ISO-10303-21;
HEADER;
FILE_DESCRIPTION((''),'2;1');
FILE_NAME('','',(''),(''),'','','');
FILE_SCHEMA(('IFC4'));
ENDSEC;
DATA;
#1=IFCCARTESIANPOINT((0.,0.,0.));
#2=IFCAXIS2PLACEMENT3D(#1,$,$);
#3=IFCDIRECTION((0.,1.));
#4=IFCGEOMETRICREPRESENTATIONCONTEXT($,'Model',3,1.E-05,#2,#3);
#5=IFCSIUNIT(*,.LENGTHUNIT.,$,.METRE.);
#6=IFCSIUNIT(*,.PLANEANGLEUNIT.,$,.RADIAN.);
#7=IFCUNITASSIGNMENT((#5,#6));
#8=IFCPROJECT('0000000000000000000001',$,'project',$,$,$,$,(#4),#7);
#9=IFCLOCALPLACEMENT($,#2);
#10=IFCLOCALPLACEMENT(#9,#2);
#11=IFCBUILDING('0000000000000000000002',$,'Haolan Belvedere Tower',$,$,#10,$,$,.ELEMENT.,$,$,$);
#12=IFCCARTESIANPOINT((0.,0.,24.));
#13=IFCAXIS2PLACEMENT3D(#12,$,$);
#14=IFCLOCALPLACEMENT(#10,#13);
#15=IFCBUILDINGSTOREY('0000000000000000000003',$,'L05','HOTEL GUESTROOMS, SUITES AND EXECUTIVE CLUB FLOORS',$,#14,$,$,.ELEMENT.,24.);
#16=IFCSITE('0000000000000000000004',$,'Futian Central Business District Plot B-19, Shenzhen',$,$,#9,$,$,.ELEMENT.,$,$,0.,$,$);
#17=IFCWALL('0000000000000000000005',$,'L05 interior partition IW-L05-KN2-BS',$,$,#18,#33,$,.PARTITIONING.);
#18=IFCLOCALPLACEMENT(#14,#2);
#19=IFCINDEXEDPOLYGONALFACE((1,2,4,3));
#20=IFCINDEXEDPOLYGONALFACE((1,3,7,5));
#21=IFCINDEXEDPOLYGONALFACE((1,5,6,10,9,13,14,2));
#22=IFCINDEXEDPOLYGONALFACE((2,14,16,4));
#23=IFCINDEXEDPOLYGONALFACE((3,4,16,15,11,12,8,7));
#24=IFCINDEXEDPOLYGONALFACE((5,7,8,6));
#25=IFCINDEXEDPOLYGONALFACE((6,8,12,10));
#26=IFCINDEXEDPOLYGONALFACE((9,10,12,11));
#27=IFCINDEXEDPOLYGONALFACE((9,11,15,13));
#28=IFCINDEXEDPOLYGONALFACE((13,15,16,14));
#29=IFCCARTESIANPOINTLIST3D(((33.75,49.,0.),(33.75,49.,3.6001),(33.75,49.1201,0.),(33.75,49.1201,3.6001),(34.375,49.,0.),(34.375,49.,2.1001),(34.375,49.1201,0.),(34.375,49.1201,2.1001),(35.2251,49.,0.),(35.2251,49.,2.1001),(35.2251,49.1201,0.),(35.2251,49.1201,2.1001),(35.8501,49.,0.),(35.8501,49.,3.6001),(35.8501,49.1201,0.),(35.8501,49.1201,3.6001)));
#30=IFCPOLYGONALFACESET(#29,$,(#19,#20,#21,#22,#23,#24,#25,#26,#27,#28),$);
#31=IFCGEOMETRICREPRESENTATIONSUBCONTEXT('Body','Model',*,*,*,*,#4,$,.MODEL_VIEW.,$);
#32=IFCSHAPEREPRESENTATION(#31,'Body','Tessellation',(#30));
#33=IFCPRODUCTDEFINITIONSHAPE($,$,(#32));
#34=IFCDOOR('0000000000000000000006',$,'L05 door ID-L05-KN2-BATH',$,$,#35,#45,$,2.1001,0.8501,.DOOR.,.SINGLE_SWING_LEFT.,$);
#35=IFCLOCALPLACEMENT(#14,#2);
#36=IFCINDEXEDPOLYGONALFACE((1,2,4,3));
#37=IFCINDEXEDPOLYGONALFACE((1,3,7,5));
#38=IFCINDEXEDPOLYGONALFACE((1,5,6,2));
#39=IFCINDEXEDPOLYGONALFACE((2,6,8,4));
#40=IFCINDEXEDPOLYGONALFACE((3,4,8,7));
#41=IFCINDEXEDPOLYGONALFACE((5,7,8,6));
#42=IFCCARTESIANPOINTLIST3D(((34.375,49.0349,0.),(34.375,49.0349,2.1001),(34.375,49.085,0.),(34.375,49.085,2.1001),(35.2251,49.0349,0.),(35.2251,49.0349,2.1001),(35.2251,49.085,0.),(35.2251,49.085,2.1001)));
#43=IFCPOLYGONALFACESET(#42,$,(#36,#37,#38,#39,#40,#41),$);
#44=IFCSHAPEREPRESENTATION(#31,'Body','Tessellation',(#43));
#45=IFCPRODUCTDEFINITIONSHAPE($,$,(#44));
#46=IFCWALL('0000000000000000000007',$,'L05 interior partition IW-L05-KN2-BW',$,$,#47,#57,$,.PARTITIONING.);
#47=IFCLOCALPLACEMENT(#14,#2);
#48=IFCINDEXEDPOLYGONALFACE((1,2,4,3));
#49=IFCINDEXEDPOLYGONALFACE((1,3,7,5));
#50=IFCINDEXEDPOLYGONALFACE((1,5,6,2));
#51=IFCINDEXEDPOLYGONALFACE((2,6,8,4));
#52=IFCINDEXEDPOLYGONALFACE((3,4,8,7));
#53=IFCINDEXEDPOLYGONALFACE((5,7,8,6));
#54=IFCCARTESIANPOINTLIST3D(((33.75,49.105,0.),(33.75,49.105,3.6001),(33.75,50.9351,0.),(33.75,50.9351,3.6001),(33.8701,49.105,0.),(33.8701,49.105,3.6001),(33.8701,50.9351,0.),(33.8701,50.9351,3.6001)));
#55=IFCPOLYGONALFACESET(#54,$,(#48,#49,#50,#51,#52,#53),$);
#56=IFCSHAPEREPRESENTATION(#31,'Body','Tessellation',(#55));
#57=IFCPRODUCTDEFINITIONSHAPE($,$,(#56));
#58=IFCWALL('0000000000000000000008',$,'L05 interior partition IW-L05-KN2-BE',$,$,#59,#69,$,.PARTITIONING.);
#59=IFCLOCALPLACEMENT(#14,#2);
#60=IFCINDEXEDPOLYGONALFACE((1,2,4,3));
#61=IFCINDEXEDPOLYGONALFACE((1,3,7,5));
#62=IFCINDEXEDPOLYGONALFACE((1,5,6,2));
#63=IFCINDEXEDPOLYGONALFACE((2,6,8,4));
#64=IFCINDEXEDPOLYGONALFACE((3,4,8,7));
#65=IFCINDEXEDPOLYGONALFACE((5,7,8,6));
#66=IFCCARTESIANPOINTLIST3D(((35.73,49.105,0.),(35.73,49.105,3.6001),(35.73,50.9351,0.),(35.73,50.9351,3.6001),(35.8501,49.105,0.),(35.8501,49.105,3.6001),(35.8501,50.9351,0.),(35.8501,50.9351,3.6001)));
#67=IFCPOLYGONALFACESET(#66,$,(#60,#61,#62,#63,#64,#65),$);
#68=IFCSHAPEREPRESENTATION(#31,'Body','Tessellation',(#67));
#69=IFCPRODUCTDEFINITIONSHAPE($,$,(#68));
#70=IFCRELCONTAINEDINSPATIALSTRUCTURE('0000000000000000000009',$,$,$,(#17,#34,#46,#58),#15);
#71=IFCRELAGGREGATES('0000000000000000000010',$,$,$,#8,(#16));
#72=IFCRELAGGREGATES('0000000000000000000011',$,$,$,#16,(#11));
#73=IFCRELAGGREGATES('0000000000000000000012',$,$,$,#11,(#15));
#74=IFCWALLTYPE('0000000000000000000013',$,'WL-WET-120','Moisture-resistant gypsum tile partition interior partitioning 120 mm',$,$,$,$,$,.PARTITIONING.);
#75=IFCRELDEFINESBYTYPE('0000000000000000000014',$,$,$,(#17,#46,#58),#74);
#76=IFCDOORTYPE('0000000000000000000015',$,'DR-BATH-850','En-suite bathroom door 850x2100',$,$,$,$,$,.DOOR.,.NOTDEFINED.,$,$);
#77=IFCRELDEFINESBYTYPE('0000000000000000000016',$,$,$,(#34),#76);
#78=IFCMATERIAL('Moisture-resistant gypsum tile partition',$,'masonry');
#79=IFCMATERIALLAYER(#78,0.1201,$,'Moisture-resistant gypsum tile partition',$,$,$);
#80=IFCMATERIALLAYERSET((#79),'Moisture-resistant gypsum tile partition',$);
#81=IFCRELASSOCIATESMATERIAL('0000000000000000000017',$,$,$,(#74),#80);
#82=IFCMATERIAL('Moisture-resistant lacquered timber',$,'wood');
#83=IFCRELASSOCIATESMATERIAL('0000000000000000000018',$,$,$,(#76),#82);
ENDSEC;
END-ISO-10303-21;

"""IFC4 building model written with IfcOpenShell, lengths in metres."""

from ifc_helpers import new_model, si_unit, direction, frame, frame_2d, origin, place, context, subcontext, project, spatial, rectangle, extrude, material, layer, layer_set, type_object, element, fill, save


model = new_model("IFC4")

# Units and contexts
model_context = context("Model", 3, precision=1e-05, world=origin(), true_north=direction((0.0, 1.0)))
body_context = subcontext(model_context, "Body", "Model", "MODEL_VIEW")
ifc_project = project(units=[si_unit("LENGTHUNIT", "METRE"), si_unit("PLANEANGLEUNIT", "RADIAN")], contexts=[model_context])

# Site, building, storey
site_placement = place(None, origin())
site = spatial("IfcSite", under=ifc_project, at=site_placement, Name="Futian Central Business District Plot B-19, Shenzhen", CompositionType="ELEMENT", RefElevation=0.0)
building_placement = place(site_placement, origin())
building = spatial("IfcBuilding", under=site, at=building_placement, Name="Haolan Belvedere Tower", CompositionType="ELEMENT")
storey_placement = place(building_placement, frame((0.0, 0.0, 24.0)))
storey = spatial("IfcBuildingStorey", under=building, at=storey_placement, Name="L05", Description="HOTEL GUESTROOMS, SUITES AND EXECUTIVE CLUB FLOORS", CompositionType="ELEMENT", Elevation=24.0)

# Shared definitions
ifc_material_1 = material(Name="Moisture-resistant gypsum tile partition", Category="masonry")
ifc_layer_1 = layer(ifc_material_1, 0.1201, Name="Moisture-resistant gypsum tile partition")
ifc_layer_set_1 = layer_set([ifc_layer_1], Name="Moisture-resistant gypsum tile partition")
wall_type_1 = type_object("IfcWallType", Name="WL-WET-120", Description="Moisture-resistant gypsum tile partition interior partitioning 120 mm", PredefinedType="PARTITIONING", material=ifc_layer_set_1)

# Wall, opening, door
wall_1_placement = place(storey_placement, frame((33.75, 49.0601, 0.0), z_axis=(0.0, 0.0, 1.0), x_axis=(1.0, 0.0, 0.0)))
wall_1 = element("IfcWall", 1, at=wall_1_placement, inside=storey, type_object=wall_type_1, Name="L05 interior partition IW-L05-KN2-BS", PredefinedType="PARTITIONING", context=body_context, shape_type="SweptSolid", body=[
    extrude(rectangle(XDim=2.1001, YDim=0.1201, at=frame_2d((1.05, 0.0))), origin(), (0.0, 0.0, 1.0), 3.6001),
])
opening_1_placement = place(wall_1_placement, frame((0.625, 0.0, 0.0)))
opening_1 = element("IfcOpeningElement", 2, at=opening_1_placement, cuts=wall_1, PredefinedType="OPENING", context=body_context, shape_type="SweptSolid", body=[
    extrude(rectangle(XDim=0.8501, YDim=2.1001, at=frame_2d((0.425, 1.05))), frame((0.0, 0.0701, 0.0), z_axis=(0.0, -1.0, 0.0), x_axis=(1.0, 0.0, 0.0)), (0.0, 0.0, 1.0), 0.1401),
])
ifc_material_2 = material(Name="Moisture-resistant lacquered timber", Category="wood")
door_type_1 = type_object("IfcDoorType", Name="DR-BATH-850", Description="En-suite bathroom door 850x2100", OperationType="NOTDEFINED", PredefinedType="DOOR", material=ifc_material_2)
door_1_placement = place(opening_1_placement, origin())
door_1 = element("IfcDoor", 3, at=door_1_placement, inside=storey, type_object=door_type_1, Name="L05 door ID-L05-KN2-BATH", OperationType="SINGLE_SWING_LEFT", OverallHeight=2.1001, OverallWidth=0.8501, PredefinedType="DOOR", context=body_context, shape_type="SweptSolid", body=[
    extrude(rectangle(XDim=0.8501, YDim=2.1001, at=frame_2d((0.425, 1.05))), frame((0.0, 0.0249, 0.0), z_axis=(0.0, -1.0, 0.0), x_axis=(1.0, 0.0, 0.0)), (0.0, 0.0, 1.0), 0.05),
])
fill(opening_1, door_1)

# Walls
for number, where, z_axis, x_axis, name in (
    (4, (33.8101, 49.105, 0.0), (0.0, 0.0, 1.0), (0.0, 1.0, 0.0), "L05 interior partition IW-L05-KN2-BW"),
    (5, (35.79, 49.105, 0.0), (0.0, 0.0, 1.0), (0.0, 1.0, 0.0), "L05 interior partition IW-L05-KN2-BE"),
):
    element("IfcWall", number, at=place(storey_placement, frame(where, z_axis=z_axis, x_axis=x_axis)), inside=storey, type_object=wall_type_1, Name=name, PredefinedType="PARTITIONING", context=body_context, shape_type="SweptSolid", body=[
        extrude(rectangle(XDim=1.8301, YDim=0.1201, at=frame_2d((0.915, 0.0))), origin(), (0.0, 0.0, 1.0), 3.6001),
    ])

save(model, "model.ifc")
